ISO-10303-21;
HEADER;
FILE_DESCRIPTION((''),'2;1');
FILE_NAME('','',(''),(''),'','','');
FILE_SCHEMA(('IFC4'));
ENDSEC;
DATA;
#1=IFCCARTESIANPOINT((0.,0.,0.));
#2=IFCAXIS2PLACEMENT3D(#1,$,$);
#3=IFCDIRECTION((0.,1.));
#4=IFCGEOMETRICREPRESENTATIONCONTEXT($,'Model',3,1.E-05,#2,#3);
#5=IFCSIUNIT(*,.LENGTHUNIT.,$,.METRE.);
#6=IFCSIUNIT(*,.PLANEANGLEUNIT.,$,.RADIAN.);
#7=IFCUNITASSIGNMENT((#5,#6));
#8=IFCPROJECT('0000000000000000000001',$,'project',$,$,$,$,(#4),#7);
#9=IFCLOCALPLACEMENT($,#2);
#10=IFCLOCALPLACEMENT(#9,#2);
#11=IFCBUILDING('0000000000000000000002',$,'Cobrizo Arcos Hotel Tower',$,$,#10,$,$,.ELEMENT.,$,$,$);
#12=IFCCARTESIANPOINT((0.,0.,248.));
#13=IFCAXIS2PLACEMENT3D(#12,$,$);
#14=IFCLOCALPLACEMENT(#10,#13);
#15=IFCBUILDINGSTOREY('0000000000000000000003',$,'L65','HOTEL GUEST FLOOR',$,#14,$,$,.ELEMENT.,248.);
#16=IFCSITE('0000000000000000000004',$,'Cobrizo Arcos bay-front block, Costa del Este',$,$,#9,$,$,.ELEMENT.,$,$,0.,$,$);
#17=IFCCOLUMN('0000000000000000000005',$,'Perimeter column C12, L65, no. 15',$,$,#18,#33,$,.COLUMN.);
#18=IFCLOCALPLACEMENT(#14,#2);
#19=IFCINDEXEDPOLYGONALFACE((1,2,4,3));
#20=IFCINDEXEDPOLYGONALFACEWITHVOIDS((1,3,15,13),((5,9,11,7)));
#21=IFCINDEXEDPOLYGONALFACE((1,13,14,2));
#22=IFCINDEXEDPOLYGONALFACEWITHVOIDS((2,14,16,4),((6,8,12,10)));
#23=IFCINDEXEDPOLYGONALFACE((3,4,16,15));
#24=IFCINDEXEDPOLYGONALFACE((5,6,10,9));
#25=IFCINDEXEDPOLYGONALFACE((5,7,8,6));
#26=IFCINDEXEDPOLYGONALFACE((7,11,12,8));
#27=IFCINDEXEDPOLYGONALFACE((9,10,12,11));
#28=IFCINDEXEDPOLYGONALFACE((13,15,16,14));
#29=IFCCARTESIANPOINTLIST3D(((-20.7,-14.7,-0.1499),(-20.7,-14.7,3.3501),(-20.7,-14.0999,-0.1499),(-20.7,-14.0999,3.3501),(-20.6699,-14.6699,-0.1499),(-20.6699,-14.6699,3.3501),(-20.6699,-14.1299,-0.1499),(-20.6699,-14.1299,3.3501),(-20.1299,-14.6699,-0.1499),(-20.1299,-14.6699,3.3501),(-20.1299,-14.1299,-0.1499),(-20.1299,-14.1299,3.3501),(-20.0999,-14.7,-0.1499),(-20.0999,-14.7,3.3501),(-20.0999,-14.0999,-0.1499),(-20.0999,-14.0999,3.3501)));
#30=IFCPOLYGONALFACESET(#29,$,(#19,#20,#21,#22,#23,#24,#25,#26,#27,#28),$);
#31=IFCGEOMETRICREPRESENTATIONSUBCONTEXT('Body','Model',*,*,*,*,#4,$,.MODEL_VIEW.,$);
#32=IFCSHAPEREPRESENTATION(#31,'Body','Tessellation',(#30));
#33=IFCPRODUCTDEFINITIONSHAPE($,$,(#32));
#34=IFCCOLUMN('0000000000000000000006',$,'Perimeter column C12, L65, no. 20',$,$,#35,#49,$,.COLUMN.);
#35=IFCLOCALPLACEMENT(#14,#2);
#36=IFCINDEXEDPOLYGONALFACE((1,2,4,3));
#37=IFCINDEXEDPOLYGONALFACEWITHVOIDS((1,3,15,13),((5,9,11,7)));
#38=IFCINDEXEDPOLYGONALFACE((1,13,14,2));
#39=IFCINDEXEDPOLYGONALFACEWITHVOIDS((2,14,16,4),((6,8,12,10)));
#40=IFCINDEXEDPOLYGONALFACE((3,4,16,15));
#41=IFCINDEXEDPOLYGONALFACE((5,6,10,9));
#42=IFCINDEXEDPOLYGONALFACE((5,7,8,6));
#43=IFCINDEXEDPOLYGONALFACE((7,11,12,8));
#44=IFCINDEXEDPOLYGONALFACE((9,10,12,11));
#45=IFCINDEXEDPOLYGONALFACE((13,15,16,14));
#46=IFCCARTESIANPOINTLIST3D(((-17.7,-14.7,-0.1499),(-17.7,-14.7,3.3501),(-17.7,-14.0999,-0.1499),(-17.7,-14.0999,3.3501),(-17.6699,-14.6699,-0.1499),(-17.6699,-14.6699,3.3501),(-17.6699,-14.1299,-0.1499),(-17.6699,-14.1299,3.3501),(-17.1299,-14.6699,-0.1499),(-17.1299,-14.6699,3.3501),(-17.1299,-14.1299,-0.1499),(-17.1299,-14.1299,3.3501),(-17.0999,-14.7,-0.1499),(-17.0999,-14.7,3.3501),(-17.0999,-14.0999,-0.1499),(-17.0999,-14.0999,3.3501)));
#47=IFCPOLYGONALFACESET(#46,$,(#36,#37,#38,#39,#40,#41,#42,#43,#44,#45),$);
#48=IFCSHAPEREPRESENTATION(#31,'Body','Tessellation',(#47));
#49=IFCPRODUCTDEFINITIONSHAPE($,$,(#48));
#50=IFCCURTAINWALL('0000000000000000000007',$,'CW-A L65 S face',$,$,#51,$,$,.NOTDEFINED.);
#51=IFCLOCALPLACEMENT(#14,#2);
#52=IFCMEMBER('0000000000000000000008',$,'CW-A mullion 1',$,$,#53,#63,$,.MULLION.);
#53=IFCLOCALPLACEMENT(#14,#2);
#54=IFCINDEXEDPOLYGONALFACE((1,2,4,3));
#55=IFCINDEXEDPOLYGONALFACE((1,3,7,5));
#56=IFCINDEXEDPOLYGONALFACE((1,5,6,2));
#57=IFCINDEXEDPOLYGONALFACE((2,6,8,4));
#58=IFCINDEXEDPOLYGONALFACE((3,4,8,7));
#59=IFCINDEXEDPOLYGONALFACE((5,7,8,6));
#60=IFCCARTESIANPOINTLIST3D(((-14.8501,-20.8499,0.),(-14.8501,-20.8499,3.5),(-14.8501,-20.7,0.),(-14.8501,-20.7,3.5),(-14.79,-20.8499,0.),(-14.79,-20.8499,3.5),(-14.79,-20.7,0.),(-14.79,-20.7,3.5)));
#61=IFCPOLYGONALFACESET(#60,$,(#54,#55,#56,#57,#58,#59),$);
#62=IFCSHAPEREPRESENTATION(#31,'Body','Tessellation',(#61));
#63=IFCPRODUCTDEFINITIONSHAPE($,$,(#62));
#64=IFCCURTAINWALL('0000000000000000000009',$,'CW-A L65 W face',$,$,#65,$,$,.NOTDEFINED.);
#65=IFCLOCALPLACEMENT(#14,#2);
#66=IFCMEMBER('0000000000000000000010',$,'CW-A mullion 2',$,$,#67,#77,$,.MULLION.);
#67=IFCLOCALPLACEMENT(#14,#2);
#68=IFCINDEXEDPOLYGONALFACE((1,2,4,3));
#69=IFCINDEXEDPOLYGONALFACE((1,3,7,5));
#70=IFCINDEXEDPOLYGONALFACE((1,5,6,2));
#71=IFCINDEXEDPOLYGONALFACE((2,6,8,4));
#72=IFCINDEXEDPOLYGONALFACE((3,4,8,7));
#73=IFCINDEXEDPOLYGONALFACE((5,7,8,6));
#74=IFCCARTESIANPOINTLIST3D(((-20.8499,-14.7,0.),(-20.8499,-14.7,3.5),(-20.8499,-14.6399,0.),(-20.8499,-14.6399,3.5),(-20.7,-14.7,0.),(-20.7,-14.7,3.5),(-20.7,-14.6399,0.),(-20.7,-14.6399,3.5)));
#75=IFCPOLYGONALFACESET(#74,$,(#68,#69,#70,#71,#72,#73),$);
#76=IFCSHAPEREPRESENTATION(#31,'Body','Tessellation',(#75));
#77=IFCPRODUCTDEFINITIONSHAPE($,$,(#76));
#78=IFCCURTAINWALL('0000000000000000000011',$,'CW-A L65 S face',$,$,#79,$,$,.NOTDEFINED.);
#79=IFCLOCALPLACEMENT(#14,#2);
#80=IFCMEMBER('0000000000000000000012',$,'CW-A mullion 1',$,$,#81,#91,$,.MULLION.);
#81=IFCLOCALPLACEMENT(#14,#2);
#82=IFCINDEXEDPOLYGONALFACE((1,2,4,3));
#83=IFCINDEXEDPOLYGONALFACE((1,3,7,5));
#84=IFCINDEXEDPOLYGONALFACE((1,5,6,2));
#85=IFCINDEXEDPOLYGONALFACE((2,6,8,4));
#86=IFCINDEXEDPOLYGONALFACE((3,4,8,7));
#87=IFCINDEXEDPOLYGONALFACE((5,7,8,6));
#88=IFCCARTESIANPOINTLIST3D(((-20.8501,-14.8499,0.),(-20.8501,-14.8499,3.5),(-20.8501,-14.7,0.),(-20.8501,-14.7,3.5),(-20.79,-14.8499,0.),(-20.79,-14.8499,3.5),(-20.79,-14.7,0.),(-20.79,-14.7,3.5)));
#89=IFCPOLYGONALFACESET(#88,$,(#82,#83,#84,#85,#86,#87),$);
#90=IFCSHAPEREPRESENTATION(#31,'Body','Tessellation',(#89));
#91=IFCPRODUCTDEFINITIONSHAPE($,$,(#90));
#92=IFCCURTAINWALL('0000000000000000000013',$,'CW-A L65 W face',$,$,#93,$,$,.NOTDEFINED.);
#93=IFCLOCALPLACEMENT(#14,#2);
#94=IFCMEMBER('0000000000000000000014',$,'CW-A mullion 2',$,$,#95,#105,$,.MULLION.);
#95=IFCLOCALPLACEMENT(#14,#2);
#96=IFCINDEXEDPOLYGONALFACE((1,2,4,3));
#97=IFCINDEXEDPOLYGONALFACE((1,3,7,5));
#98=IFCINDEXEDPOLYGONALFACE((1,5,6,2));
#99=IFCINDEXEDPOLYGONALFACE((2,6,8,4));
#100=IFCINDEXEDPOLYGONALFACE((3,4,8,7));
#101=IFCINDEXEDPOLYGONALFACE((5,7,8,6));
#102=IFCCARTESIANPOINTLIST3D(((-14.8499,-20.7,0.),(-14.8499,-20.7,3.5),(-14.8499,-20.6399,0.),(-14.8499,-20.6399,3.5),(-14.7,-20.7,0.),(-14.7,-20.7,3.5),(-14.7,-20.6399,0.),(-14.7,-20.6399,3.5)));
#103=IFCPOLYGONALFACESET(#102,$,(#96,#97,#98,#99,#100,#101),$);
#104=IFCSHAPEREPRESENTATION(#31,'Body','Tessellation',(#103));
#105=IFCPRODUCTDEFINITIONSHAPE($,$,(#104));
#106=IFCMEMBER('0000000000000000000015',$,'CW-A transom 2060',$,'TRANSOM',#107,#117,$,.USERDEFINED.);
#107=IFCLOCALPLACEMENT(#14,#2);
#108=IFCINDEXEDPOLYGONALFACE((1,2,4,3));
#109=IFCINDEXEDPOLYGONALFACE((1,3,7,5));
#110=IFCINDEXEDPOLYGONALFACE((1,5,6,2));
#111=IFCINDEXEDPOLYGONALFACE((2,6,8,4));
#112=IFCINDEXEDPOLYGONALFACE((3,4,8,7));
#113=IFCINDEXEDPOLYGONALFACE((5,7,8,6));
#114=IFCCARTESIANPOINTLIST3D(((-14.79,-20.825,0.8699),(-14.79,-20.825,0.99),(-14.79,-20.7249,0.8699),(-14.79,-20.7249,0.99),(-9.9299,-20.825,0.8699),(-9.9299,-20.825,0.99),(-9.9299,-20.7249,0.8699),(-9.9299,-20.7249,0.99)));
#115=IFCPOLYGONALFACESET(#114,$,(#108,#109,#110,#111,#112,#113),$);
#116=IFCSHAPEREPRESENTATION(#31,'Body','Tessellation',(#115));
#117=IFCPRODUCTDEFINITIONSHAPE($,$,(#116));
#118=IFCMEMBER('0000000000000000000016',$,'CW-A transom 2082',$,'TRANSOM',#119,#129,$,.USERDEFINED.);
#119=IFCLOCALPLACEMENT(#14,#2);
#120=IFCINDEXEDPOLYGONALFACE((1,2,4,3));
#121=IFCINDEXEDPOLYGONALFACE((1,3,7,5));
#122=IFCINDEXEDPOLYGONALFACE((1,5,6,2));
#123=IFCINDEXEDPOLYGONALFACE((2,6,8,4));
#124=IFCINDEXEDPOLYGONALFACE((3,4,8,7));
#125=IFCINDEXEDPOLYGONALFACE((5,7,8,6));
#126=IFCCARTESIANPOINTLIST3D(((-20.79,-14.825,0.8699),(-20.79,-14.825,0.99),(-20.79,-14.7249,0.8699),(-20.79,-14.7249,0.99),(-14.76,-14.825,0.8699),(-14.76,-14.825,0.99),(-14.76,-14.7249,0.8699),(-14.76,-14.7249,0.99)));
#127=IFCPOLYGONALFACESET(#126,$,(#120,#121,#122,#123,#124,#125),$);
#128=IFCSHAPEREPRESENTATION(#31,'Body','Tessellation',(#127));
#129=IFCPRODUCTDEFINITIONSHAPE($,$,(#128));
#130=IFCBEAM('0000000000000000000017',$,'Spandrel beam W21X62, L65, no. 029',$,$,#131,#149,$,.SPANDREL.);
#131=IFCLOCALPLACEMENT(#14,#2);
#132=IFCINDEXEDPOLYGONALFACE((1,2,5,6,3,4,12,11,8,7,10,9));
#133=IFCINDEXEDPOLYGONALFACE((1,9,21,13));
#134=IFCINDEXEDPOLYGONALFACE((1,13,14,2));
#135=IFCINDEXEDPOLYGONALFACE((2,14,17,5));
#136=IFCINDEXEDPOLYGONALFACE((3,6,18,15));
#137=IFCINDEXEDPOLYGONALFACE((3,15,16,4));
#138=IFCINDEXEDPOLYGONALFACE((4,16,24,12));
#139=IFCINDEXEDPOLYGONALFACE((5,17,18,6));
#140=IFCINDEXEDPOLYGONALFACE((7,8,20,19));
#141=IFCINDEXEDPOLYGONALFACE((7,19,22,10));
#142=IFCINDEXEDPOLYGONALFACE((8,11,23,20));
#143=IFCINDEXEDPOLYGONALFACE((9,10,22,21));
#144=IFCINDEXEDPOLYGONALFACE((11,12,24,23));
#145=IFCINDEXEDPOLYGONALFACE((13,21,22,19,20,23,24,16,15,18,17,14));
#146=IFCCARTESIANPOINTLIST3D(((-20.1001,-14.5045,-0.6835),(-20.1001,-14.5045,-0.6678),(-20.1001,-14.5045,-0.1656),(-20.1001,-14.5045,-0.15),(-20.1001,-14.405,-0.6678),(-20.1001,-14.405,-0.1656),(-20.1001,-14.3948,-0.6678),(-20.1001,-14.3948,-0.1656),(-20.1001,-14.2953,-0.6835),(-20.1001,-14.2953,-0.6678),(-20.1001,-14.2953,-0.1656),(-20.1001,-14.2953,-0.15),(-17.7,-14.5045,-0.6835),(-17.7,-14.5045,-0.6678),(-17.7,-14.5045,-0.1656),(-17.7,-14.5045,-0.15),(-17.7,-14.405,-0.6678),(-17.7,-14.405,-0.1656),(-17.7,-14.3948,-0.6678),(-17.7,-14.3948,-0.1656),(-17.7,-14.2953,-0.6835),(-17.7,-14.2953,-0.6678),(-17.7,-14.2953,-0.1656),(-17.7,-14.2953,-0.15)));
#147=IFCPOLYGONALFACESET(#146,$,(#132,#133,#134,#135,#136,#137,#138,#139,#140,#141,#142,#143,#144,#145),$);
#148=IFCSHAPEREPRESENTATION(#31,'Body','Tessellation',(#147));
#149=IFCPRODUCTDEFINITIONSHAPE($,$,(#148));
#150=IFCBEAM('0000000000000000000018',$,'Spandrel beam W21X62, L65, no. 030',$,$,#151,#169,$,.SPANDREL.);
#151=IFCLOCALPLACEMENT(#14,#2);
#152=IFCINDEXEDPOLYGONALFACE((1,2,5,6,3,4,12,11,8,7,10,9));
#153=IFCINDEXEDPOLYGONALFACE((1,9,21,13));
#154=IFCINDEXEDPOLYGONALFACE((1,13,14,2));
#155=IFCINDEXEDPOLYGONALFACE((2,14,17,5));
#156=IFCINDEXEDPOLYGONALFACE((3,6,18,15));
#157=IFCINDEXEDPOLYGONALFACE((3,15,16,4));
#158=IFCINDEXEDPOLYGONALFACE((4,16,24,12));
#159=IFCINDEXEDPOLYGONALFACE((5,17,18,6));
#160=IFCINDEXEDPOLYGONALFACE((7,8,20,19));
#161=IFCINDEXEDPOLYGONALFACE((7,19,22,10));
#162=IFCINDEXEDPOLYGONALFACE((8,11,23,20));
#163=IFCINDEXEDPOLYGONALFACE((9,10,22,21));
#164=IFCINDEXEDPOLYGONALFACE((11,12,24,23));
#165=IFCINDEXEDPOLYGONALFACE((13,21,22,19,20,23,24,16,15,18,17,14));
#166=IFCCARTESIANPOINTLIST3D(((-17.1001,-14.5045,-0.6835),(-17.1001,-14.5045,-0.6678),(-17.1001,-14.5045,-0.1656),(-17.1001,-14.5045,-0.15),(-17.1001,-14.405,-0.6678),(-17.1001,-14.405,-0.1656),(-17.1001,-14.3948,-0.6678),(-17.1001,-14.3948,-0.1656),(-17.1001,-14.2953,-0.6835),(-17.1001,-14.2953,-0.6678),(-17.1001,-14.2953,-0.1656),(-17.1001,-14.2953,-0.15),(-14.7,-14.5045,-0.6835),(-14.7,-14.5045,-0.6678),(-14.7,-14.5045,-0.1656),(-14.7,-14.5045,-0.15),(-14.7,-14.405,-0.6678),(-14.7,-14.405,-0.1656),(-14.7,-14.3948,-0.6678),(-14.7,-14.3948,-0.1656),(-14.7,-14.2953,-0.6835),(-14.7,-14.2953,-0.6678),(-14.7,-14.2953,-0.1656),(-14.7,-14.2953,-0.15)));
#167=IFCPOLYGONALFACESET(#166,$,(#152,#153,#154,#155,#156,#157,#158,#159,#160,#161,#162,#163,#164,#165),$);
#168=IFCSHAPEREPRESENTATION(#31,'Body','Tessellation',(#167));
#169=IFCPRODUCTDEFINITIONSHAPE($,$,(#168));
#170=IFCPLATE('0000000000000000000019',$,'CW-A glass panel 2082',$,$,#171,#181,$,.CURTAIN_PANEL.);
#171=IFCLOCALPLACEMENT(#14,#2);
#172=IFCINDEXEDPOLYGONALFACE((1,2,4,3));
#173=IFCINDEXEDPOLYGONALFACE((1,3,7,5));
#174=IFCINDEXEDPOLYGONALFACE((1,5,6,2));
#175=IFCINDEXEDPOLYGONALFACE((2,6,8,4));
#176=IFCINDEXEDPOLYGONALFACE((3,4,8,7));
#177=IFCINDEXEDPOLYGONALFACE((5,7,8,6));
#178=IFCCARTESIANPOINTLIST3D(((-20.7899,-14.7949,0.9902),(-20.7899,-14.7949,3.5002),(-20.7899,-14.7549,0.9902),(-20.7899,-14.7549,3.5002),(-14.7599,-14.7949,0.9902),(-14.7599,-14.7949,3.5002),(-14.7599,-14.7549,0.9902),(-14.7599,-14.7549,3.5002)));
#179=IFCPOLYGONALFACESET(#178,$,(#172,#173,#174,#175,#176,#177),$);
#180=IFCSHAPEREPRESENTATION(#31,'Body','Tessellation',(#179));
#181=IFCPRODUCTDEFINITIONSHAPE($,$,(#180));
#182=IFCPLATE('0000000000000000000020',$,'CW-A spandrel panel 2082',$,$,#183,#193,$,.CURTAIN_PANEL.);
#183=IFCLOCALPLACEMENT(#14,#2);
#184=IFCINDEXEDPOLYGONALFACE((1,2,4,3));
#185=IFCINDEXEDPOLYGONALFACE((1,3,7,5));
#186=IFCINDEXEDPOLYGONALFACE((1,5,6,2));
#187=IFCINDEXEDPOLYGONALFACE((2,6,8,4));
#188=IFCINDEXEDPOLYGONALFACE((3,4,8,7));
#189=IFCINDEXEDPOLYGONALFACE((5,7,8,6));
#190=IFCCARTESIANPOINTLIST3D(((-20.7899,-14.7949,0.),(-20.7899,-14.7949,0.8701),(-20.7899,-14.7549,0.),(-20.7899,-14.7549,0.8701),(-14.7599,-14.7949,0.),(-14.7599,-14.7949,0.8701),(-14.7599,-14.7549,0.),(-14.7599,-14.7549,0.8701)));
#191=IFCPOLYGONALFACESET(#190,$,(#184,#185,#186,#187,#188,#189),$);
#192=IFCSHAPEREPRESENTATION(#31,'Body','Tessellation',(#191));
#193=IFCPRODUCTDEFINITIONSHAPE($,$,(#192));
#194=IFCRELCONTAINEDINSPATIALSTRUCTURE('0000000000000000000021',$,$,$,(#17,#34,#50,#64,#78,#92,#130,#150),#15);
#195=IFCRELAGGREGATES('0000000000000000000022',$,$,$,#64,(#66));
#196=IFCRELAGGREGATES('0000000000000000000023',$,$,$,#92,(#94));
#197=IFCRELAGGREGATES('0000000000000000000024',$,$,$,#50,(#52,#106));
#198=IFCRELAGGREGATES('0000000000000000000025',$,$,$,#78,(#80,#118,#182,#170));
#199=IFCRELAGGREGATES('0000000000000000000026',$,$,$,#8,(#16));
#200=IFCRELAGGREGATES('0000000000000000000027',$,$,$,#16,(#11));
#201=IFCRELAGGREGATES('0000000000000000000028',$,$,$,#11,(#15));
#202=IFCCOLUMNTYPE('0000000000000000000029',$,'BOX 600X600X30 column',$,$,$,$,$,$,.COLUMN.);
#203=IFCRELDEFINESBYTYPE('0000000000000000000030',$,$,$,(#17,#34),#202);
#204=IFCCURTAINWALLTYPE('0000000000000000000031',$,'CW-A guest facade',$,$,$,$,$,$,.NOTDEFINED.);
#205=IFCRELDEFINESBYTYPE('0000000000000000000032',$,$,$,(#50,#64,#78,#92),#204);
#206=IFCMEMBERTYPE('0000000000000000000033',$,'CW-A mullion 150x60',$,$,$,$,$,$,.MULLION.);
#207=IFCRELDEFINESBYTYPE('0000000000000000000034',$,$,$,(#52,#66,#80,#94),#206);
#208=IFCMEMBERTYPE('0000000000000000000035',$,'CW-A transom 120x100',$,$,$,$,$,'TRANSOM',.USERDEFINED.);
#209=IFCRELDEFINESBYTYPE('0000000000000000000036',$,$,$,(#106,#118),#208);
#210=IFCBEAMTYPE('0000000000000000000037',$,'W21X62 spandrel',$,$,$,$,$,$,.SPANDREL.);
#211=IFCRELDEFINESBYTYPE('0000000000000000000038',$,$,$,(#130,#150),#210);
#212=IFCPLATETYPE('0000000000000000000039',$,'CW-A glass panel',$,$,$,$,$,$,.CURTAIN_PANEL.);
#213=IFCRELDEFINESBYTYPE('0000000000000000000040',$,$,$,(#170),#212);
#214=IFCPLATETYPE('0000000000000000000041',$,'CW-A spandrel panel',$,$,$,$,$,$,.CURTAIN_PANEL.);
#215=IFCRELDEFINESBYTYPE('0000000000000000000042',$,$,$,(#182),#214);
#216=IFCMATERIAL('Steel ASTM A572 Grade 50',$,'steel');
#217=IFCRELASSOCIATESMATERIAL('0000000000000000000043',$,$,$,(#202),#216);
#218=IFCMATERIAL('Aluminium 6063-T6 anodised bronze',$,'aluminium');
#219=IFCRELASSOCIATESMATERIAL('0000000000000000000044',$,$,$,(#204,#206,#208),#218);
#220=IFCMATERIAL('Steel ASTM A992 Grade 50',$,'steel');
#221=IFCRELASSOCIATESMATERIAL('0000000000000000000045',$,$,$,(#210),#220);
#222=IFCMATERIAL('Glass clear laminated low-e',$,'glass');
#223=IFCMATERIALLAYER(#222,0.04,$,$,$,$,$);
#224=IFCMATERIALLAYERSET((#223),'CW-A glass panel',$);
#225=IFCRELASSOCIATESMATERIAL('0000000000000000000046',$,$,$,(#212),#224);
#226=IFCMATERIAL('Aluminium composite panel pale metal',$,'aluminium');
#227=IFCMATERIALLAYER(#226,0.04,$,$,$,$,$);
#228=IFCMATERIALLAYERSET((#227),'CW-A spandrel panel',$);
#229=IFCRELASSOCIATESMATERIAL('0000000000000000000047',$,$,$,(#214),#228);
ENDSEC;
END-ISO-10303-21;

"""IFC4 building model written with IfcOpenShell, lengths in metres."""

from ifc_helpers import new_model, si_unit, direction, frame, origin, origin_2d, place, context, subcontext, project, spatial, rectangle, hollow_rectangle, i_section, extrude, material, layer, layer_set, material_profile, profile_set, type_object, element, aggregate, save


model = new_model("IFC4")

# Units and contexts
model_context = context("Model", 3, precision=1e-05, world=origin(), true_north=direction((0.0, 1.0)))
body_context = subcontext(model_context, "Body", "Model", "MODEL_VIEW")
ifc_project = project(units=[si_unit("LENGTHUNIT", "METRE"), si_unit("PLANEANGLEUNIT", "RADIAN")], contexts=[model_context])

# Site, building, storey
site_placement = place(None, origin())
site = spatial("IfcSite", under=ifc_project, at=site_placement, Name="Cobrizo Arcos bay-front block, Costa del Este", CompositionType="ELEMENT", RefElevation=0.0)
building_placement = place(site_placement, origin())
building = spatial("IfcBuilding", under=site, at=building_placement, Name="Cobrizo Arcos Hotel Tower", CompositionType="ELEMENT")
storey_placement = place(building_placement, frame((0.0, 0.0, 248.0)))
storey = spatial("IfcBuildingStorey", under=building, at=storey_placement, Name="L65", Description="HOTEL GUEST FLOOR", CompositionType="ELEMENT", Elevation=248.0)

# Columns
ifc_material_1 = material(Name="Steel ASTM A572 Grade 50", Category="steel")
ifc_material_profile_1 = material_profile(ifc_material_1, hollow_rectangle(XDim=0.6001, YDim=0.6001, WallThickness=0.03, at=origin_2d()), Name="BOX 600X600X30")
ifc_profile_set_1 = profile_set([ifc_material_profile_1], Name="Steel ASTM A572 Grade 50")
column_type = type_object("IfcColumnType", Name="BOX 600X600X30 column", PredefinedType="COLUMN", material=ifc_profile_set_1)
for number, where, z_axis, x_axis, name in (
    (1, (-20.3999, -14.3999, -0.1499), (0.0, 0.0, 1.0), (1.0, 0.0, 0.0), "Perimeter column C12, L65, no. 15"),
    (2, (-17.3999, -14.3999, -0.1499), (0.0, 0.0, 1.0), (1.0, 0.0, 0.0), "Perimeter column C12, L65, no. 20"),
):
    element("IfcColumn", number, at=place(storey_placement, frame(where, z_axis=z_axis, x_axis=x_axis)), inside=storey, type_object=column_type, Name=name, PredefinedType="COLUMN", context=body_context, shape_type="SweptSolid", body=[
        extrude(hollow_rectangle(XDim=0.6001, YDim=0.6001, WallThickness=0.03, at=origin_2d()), origin(), (0.0, 0.0, 1.0), 3.5),
    ])

# Curtain walls, members
ifc_material_2 = material(Name="Aluminium 6063-T6 anodised bronze", Category="aluminium")
curtain_wall_type = type_object("IfcCurtainWallType", Name="CW-A guest facade", PredefinedType="NOTDEFINED", material=ifc_material_2)
curtain_wall_1_placement = place(storey_placement, origin())
curtain_wall_1 = element("IfcCurtainWall", 3, at=curtain_wall_1_placement, inside=storey, type_object=curtain_wall_type, Name="CW-A L65 S face", PredefinedType="NOTDEFINED")
ifc_material_profile_2 = material_profile(ifc_material_2, rectangle(XDim=0.1499, YDim=0.0601, at=origin_2d()), Name="CW-A mullion 150x60")
ifc_profile_set_2 = profile_set([ifc_material_profile_2], Name="Aluminium 6063-T6 anodised bronze")
member_type_1 = type_object("IfcMemberType", Name="CW-A mullion 150x60", PredefinedType="MULLION", material=ifc_profile_set_2)
member_1_placement = place(storey_placement, frame((-14.8201, -20.7749, 0.0), z_axis=(0.0, 0.0, 1.0), x_axis=(0.0, -1.0, 0.0)))
member_1 = element("IfcMember", 4, at=member_1_placement, type_object=member_type_1, Name="CW-A mullion 1", PredefinedType="MULLION", context=body_context, shape_type="SweptSolid", body=[
    extrude(rectangle(XDim=0.1499, YDim=0.0601, at=origin_2d()), origin(), (0.0, 0.0, 1.0), 3.5),
])
curtain_wall_2_placement = place(storey_placement, origin())
curtain_wall_2 = element("IfcCurtainWall", 5, at=curtain_wall_2_placement, inside=storey, type_object=curtain_wall_type, Name="CW-A L65 W face", PredefinedType="NOTDEFINED")
member_2_placement = place(storey_placement, frame((-20.7749, -14.6699, 0.0), z_axis=(0.0, 0.0, 1.0), x_axis=(-1.0, 0.0, 0.0)))
member_2 = element("IfcMember", 6, at=member_2_placement, type_object=member_type_1, Name="CW-A mullion 2", PredefinedType="MULLION", context=body_context, shape_type="SweptSolid", body=[
    extrude(rectangle(XDim=0.1499, YDim=0.0601, at=origin_2d()), origin(), (0.0, 0.0, 1.0), 3.5),
])
aggregate(curtain_wall_2, [member_2])
curtain_wall_3_placement = place(storey_placement, origin())
curtain_wall_3 = element("IfcCurtainWall", 7, at=curtain_wall_3_placement, inside=storey, type_object=curtain_wall_type, Name="CW-A L65 S face", PredefinedType="NOTDEFINED")
member_3_placement = place(storey_placement, frame((-20.8201, -14.7749, 0.0), z_axis=(0.0, 0.0, 1.0), x_axis=(0.0, -1.0, 0.0)))
member_3 = element("IfcMember", 8, at=member_3_placement, type_object=member_type_1, Name="CW-A mullion 1", PredefinedType="MULLION", context=body_context, shape_type="SweptSolid", body=[
    extrude(rectangle(XDim=0.1499, YDim=0.0601, at=origin_2d()), origin(), (0.0, 0.0, 1.0), 3.5),
])
curtain_wall_4_placement = place(storey_placement, origin())
curtain_wall_4 = element("IfcCurtainWall", 9, at=curtain_wall_4_placement, inside=storey, type_object=curtain_wall_type, Name="CW-A L65 W face", PredefinedType="NOTDEFINED")
member_4_placement = place(storey_placement, frame((-14.7749, -20.6699, 0.0), z_axis=(0.0, 0.0, 1.0), x_axis=(-1.0, 0.0, 0.0)))
member_4 = element("IfcMember", 10, at=member_4_placement, type_object=member_type_1, Name="CW-A mullion 2", PredefinedType="MULLION", context=body_context, shape_type="SweptSolid", body=[
    extrude(rectangle(XDim=0.1499, YDim=0.0601, at=origin_2d()), origin(), (0.0, 0.0, 1.0), 3.5),
])
aggregate(curtain_wall_4, [member_4])

# Members
ifc_material_profile_3 = material_profile(ifc_material_2, rectangle(XDim=0.1001, YDim=0.1201, at=origin_2d()), Name="CW-A transom 120x100")
ifc_profile_set_3 = profile_set([ifc_material_profile_3], Name="Aluminium 6063-T6 anodised bronze")
member_type_2 = type_object("IfcMemberType", Name="CW-A transom 120x100", ElementType="TRANSOM", PredefinedType="USERDEFINED", material=ifc_profile_set_3)
member_5_placement = place(storey_placement, frame((-14.79, -20.7749, 0.9299), z_axis=(1.0, 0.0, 0.0), x_axis=(0.0, 1.0, 0.0)))
member_5 = element("IfcMember", 11, at=member_5_placement, type_object=member_type_2, Name="CW-A transom 2060", ObjectType="TRANSOM", PredefinedType="USERDEFINED", context=body_context, shape_type="SweptSolid", body=[
    extrude(rectangle(XDim=0.1001, YDim=0.1201, at=origin_2d()), origin(), (0.0, 0.0, 1.0), 4.8601),
])
aggregate(curtain_wall_1, [member_1, member_5])
member_6_placement = place(storey_placement, frame((-20.79, -14.7749, 0.9299), z_axis=(1.0, 0.0, 0.0), x_axis=(0.0, 1.0, 0.0)))
member_6 = element("IfcMember", 12, at=member_6_placement, type_object=member_type_2, Name="CW-A transom 2082", ObjectType="TRANSOM", PredefinedType="USERDEFINED", context=body_context, shape_type="SweptSolid", body=[
    extrude(rectangle(XDim=0.1001, YDim=0.1201, at=origin_2d()), origin(), (0.0, 0.0, 1.0), 6.03),
])

# Beams
ifc_material_3 = material(Name="Steel ASTM A992 Grade 50", Category="steel")
ifc_material_profile_4 = material_profile(ifc_material_3, i_section(OverallWidth=0.2092, OverallDepth=0.5334, WebThickness=0.0103, FlangeThickness=0.0156, at=origin_2d()), Name="W21X62")
ifc_profile_set_4 = profile_set([ifc_material_profile_4], Name="Steel ASTM A992 Grade 50")
beam_type = type_object("IfcBeamType", Name="W21X62 spandrel", PredefinedType="SPANDREL", material=ifc_profile_set_4)
for number, where, z_axis, x_axis, name in (
    (13, (-20.1001, -14.3999, -0.4167), (1.0, 0.0, 0.0), (0.0, 1.0, 0.0), "Spandrel beam W21X62, L65, no. 029"),
    (14, (-17.1001, -14.3999, -0.4167), (1.0, 0.0, 0.0), (0.0, 1.0, 0.0), "Spandrel beam W21X62, L65, no. 030"),
):
    element("IfcBeam", number, at=place(storey_placement, frame(where, z_axis=z_axis, x_axis=x_axis)), inside=storey, type_object=beam_type, Name=name, PredefinedType="SPANDREL", context=body_context, shape_type="SweptSolid", body=[
        extrude(i_section(OverallWidth=0.2092, OverallDepth=0.5334, WebThickness=0.0103, FlangeThickness=0.0156, at=origin_2d()), origin(), (0.0, 0.0, 1.0), 2.4001),
    ])

# Plates
ifc_material_4 = material(Name="Glass clear laminated low-e", Category="glass")
ifc_layer_1 = layer(ifc_material_4, 0.04)
ifc_layer_set_1 = layer_set([ifc_layer_1], Name="CW-A glass panel")
plate_type_1 = type_object("IfcPlateType", Name="CW-A glass panel", PredefinedType="CURTAIN_PANEL", material=ifc_layer_set_1)
plate_1_placement = place(storey_placement, frame((-17.7749, -14.7749, 0.9902), z_axis=(0.0, 0.0, 1.0), x_axis=(1.0, 0.0, 0.0)))
plate_1 = element("IfcPlate", 15, at=plate_1_placement, type_object=plate_type_1, Name="CW-A glass panel 2082", PredefinedType="CURTAIN_PANEL", context=body_context, shape_type="SweptSolid", body=[
    extrude(rectangle(XDim=6.03, YDim=0.04, at=origin_2d()), origin(), (0.0, 0.0, 1.0), 2.51),
])
ifc_material_5 = material(Name="Aluminium composite panel pale metal", Category="aluminium")
ifc_layer_2 = layer(ifc_material_5, 0.04)
ifc_layer_set_2 = layer_set([ifc_layer_2], Name="CW-A spandrel panel")
plate_type_2 = type_object("IfcPlateType", Name="CW-A spandrel panel", PredefinedType="CURTAIN_PANEL", material=ifc_layer_set_2)
plate_2_placement = place(storey_placement, frame((-17.7749, -14.7749, 0.0), z_axis=(0.0, 0.0, 1.0), x_axis=(1.0, 0.0, 0.0)))
plate_2 = element("IfcPlate", 16, at=plate_2_placement, type_object=plate_type_2, Name="CW-A spandrel panel 2082", PredefinedType="CURTAIN_PANEL", context=body_context, shape_type="SweptSolid", body=[
    extrude(rectangle(XDim=6.03, YDim=0.04, at=origin_2d()), origin(), (0.0, 0.0, 1.0), 0.8701),
])
aggregate(curtain_wall_3, [member_3, member_6, plate_2, plate_1])

save(model, "model.ifc")
